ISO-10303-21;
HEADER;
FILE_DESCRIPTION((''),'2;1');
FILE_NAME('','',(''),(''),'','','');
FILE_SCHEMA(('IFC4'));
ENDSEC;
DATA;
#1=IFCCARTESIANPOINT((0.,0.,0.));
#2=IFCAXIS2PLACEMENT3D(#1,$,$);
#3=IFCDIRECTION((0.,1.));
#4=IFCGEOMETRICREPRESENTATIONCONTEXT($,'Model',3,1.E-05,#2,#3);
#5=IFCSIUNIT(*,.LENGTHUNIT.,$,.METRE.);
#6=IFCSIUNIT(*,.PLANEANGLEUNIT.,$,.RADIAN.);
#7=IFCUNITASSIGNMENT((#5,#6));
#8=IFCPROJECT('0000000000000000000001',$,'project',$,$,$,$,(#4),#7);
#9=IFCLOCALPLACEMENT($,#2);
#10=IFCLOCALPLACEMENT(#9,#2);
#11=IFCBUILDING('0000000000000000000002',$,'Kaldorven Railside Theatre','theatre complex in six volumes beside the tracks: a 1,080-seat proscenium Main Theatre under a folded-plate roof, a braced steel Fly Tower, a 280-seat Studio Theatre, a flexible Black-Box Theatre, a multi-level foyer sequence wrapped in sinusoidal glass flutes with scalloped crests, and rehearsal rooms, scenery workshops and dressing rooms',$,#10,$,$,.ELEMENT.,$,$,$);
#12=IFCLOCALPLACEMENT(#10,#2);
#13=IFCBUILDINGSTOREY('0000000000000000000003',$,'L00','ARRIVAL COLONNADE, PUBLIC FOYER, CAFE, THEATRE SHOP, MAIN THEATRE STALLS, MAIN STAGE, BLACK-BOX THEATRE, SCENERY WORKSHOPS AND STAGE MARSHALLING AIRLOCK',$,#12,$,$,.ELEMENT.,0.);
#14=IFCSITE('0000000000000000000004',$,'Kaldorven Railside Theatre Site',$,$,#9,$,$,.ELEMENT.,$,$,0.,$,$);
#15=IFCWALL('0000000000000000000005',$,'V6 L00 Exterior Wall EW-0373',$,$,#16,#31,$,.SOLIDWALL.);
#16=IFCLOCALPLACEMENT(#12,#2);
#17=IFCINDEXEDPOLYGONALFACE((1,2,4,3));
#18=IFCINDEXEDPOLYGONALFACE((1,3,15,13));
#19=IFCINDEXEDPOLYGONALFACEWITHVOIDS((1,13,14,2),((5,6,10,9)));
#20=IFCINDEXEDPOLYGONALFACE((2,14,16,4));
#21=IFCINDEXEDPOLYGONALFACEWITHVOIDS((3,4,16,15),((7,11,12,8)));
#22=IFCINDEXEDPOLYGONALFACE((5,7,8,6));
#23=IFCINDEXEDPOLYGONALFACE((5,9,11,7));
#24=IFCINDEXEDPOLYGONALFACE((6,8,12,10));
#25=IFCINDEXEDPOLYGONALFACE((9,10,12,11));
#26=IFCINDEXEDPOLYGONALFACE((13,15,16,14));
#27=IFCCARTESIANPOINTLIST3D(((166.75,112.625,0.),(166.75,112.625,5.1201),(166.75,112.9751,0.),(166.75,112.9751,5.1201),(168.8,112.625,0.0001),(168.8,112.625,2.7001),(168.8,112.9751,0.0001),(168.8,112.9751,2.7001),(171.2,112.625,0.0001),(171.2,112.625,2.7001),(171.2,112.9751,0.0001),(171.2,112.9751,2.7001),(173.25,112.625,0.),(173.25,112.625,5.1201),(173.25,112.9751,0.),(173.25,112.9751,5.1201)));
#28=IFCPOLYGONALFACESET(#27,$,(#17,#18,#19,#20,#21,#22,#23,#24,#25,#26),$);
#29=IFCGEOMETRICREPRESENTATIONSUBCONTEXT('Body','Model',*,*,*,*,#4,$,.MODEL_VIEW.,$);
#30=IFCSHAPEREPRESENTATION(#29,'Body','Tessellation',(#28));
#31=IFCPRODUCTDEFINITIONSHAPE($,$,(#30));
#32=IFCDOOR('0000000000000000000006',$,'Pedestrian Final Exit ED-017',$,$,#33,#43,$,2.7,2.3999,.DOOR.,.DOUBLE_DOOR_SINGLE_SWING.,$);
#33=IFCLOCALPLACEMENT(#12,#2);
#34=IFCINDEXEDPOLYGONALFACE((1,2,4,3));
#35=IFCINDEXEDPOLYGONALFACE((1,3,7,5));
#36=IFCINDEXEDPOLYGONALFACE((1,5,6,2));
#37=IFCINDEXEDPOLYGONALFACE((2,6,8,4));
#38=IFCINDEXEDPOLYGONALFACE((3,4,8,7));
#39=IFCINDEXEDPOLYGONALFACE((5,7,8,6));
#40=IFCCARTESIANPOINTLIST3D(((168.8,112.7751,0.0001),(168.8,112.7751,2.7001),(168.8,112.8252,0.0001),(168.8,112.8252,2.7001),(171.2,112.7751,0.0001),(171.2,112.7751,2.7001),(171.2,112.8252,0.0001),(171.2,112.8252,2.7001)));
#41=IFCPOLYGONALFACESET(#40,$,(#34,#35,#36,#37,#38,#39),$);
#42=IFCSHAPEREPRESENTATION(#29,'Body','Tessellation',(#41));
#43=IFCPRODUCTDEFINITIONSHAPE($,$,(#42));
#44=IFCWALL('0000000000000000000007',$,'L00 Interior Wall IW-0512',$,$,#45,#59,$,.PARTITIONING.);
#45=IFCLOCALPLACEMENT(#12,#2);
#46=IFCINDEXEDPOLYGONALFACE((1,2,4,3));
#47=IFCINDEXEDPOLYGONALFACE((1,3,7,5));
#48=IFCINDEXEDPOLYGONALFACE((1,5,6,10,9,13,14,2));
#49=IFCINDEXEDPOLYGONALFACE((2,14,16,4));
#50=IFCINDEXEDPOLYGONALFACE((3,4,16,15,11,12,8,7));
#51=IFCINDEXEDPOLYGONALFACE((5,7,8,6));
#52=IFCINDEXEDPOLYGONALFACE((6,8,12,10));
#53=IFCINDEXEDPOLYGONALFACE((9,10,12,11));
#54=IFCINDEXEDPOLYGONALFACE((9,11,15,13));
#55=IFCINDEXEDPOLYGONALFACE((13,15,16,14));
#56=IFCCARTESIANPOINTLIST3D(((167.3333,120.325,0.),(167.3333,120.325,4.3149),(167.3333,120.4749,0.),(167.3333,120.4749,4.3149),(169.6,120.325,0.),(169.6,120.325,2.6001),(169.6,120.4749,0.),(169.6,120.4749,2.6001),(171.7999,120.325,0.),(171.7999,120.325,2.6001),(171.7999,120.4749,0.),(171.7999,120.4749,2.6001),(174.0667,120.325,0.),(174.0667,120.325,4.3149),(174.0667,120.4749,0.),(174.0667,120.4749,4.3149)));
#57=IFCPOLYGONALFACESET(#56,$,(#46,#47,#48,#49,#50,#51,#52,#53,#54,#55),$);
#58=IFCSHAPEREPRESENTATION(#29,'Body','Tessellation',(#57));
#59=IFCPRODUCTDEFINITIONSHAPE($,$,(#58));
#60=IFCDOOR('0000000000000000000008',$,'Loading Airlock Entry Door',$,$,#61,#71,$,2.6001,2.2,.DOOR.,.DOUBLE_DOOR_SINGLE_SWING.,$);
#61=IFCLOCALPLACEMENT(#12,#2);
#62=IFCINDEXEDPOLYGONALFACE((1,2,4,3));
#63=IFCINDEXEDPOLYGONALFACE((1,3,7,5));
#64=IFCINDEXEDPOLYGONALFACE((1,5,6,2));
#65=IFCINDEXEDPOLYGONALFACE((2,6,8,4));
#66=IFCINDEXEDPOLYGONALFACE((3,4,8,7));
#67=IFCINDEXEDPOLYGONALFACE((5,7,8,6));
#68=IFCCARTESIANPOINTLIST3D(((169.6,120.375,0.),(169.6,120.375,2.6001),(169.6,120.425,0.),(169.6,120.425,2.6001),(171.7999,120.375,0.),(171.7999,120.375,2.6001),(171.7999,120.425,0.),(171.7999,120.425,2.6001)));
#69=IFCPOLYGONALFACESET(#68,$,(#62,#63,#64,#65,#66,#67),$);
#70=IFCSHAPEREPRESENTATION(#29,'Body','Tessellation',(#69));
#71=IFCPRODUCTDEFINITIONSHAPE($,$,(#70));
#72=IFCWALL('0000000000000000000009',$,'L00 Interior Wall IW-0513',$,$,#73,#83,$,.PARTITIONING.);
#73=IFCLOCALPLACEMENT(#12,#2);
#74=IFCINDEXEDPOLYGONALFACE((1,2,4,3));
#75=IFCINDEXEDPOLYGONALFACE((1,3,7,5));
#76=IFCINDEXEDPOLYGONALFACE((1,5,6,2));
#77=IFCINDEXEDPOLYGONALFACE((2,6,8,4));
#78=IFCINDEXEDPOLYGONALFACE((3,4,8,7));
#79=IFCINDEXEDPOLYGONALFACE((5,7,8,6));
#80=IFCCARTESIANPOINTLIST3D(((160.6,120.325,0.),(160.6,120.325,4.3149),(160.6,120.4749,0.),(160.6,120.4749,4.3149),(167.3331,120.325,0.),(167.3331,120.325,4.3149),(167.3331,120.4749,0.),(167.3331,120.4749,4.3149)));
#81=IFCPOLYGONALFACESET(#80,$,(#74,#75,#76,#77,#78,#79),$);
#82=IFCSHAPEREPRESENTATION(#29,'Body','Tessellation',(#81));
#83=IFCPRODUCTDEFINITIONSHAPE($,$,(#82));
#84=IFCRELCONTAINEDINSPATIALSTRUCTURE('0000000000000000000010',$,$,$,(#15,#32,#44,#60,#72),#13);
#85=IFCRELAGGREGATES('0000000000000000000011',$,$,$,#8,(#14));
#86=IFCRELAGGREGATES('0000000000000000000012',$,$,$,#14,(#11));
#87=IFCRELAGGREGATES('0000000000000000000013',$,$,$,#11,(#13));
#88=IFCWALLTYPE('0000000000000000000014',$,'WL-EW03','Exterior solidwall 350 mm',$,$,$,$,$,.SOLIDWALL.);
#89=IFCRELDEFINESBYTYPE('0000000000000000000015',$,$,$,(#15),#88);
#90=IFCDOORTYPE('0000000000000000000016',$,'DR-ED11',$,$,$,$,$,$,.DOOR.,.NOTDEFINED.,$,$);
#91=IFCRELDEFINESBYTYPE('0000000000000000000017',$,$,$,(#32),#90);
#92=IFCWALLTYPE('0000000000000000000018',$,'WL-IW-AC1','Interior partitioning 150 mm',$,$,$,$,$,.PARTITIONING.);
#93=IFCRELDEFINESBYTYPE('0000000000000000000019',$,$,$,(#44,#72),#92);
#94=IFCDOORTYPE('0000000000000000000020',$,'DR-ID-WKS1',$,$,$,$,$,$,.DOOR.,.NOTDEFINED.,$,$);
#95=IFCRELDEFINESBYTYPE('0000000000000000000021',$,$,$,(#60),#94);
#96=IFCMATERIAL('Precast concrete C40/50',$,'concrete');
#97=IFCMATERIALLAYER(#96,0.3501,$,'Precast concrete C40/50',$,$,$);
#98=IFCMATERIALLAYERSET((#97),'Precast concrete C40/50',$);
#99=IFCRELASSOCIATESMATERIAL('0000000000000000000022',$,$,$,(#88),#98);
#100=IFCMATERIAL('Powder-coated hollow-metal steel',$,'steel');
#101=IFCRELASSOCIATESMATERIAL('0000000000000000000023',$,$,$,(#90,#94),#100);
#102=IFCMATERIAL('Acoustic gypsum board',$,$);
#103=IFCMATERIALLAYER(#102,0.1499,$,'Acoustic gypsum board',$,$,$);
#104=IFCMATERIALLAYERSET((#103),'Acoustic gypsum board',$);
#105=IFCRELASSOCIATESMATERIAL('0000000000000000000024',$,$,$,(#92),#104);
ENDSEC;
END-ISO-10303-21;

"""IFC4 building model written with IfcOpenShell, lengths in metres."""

from ifc_helpers import new_model, si_unit, direction, frame, frame_2d, origin, place, context, subcontext, project, spatial, rectangle, extrude, material, layer, layer_set, type_object, element, fill, save


model = new_model("IFC4")

# Units and contexts
model_context = context("Model", 3, precision=1e-05, world=origin(), true_north=direction((0.0, 1.0)))
body_context = subcontext(model_context, "Body", "Model", "MODEL_VIEW")
ifc_project = project(units=[si_unit("LENGTHUNIT", "METRE"), si_unit("PLANEANGLEUNIT", "RADIAN")], contexts=[model_context])

# Site, building, storey
site_placement = place(None, origin())
site = spatial("IfcSite", under=ifc_project, at=site_placement, Name="Kaldorven Railside Theatre Site", CompositionType="ELEMENT", RefElevation=0.0)
building_placement = place(site_placement, origin())
building = spatial("IfcBuilding", under=site, at=building_placement, Name="Kaldorven Railside Theatre", Description="theatre complex in six volumes beside the tracks: a 1,080-seat proscenium Main Theatre under a folded-plate roof, a braced steel Fly Tower, a 280-seat Studio Theatre, a flexible Black-Box Theatre, a multi-level foyer sequence wrapped in sinusoidal glass flutes with scalloped crests, and rehearsal rooms, scenery workshops and dressing rooms", CompositionType="ELEMENT")
storey_placement = place(building_placement, origin())
storey = spatial("IfcBuildingStorey", under=building, at=storey_placement, Name="L00", Description="ARRIVAL COLONNADE, PUBLIC FOYER, CAFE, THEATRE SHOP, MAIN THEATRE STALLS, MAIN STAGE, BLACK-BOX THEATRE, SCENERY WORKSHOPS AND STAGE MARSHALLING AIRLOCK", CompositionType="ELEMENT", Elevation=0.0)

# Walls, openings, doors
ifc_material_1 = material(Name="Precast concrete C40/50", Category="concrete")
ifc_layer_1 = layer(ifc_material_1, 0.3501, Name="Precast concrete C40/50")
ifc_layer_set_1 = layer_set([ifc_layer_1], Name="Precast concrete C40/50")
wall_type_1 = type_object("IfcWallType", Name="WL-EW03", Description="Exterior solidwall 350 mm", PredefinedType="SOLIDWALL", material=ifc_layer_set_1)
wall_1_placement = place(storey_placement, frame((173.25, 112.8, 0.0), z_axis=(0.0, 0.0, 1.0), x_axis=(-1.0, 0.0, 0.0)))
wall_1 = element("IfcWall", 1, at=wall_1_placement, inside=storey, type_object=wall_type_1, Name="V6 L00 Exterior Wall EW-0373", PredefinedType="SOLIDWALL", context=body_context, shape_type="SweptSolid", body=[
    extrude(rectangle(XDim=6.5, YDim=0.3501, at=frame_2d((3.25, 0.0))), origin(), (0.0, 0.0, 1.0), 5.1201),
])
opening_1_placement = place(wall_1_placement, frame((2.05, 0.0, 0.0)))
opening_1 = element("IfcOpeningElement", 2, at=opening_1_placement, cuts=wall_1, PredefinedType="OPENING", context=body_context, shape_type="SweptSolid", body=[
    extrude(rectangle(XDim=2.3999, YDim=2.7, at=frame_2d((1.2, 1.3501))), frame((0.0, 0.1851, 0.0), z_axis=(0.0, -1.0, 0.0), x_axis=(1.0, 0.0, 0.0)), (0.0, 0.0, 1.0), 0.3701),
])
ifc_material_2 = material(Name="Powder-coated hollow-metal steel", Category="steel")
door_type_1 = type_object("IfcDoorType", Name="DR-ED11", OperationType="NOTDEFINED", PredefinedType="DOOR", material=ifc_material_2)
door_1_placement = place(opening_1_placement, origin())
door_1 = element("IfcDoor", 3, at=door_1_placement, inside=storey, type_object=door_type_1, Name="Pedestrian Final Exit ED-017", OperationType="DOUBLE_DOOR_SINGLE_SWING", OverallHeight=2.7, OverallWidth=2.3999, PredefinedType="DOOR", context=body_context, shape_type="SweptSolid", body=[
    extrude(rectangle(XDim=2.3999, YDim=2.7, at=frame_2d((1.2, 1.3501))), frame((0.0, 0.0249, 0.0), z_axis=(0.0, -1.0, 0.0), x_axis=(1.0, 0.0, 0.0)), (0.0, 0.0, 1.0), 0.05),
])
fill(opening_1, door_1)
ifc_material_3 = material(Name="Acoustic gypsum board")
ifc_layer_2 = layer(ifc_material_3, 0.1499, Name="Acoustic gypsum board")
ifc_layer_set_2 = layer_set([ifc_layer_2], Name="Acoustic gypsum board")
wall_type_2 = type_object("IfcWallType", Name="WL-IW-AC1", Description="Interior partitioning 150 mm", PredefinedType="PARTITIONING", material=ifc_layer_set_2)
wall_2_placement = place(storey_placement, frame((174.0667, 120.3999, 0.0), z_axis=(0.0, 0.0, 1.0), x_axis=(-1.0, 0.0, 0.0)))
wall_2 = element("IfcWall", 4, at=wall_2_placement, inside=storey, type_object=wall_type_2, Name="L00 Interior Wall IW-0512", PredefinedType="PARTITIONING", context=body_context, shape_type="SweptSolid", body=[
    extrude(rectangle(XDim=6.7334, YDim=0.1499, at=frame_2d((3.3667, 0.0))), origin(), (0.0, 0.0, 1.0), 4.3149),
])
opening_2_placement = place(wall_2_placement, frame((2.2666, 0.0, 0.0)))
opening_2 = element("IfcOpeningElement", 5, at=opening_2_placement, cuts=wall_2, PredefinedType="OPENING", context=body_context, shape_type="SweptSolid", body=[
    extrude(rectangle(XDim=2.2, YDim=2.6001, at=frame_2d((1.1001, 1.3))), frame((0.0, 0.085, 0.0), z_axis=(0.0, -1.0, 0.0), x_axis=(1.0, 0.0, 0.0)), (0.0, 0.0, 1.0), 0.1699),
])
door_type_2 = type_object("IfcDoorType", Name="DR-ID-WKS1", OperationType="NOTDEFINED", PredefinedType="DOOR", material=ifc_material_2)
door_2_placement = place(opening_2_placement, origin())
door_2 = element("IfcDoor", 6, at=door_2_placement, inside=storey, type_object=door_type_2, Name="Loading Airlock Entry Door", OperationType="DOUBLE_DOOR_SINGLE_SWING", OverallHeight=2.6001, OverallWidth=2.2, PredefinedType="DOOR", context=body_context, shape_type="SweptSolid", body=[
    extrude(rectangle(XDim=2.2, YDim=2.6001, at=frame_2d((1.1001, 1.3))), frame((0.0, 0.0249, 0.0), z_axis=(0.0, -1.0, 0.0), x_axis=(1.0, 0.0, 0.0)), (0.0, 0.0, 1.0), 0.05),
])
fill(opening_2, door_2)

# Wall
wall_3_placement = place(storey_placement, frame((167.3333, 120.3999, 0.0), z_axis=(0.0, 0.0, 1.0), x_axis=(-1.0, 0.0, 0.0)))
element("IfcWall", 7, at=wall_3_placement, inside=storey, type_object=wall_type_2, Name="L00 Interior Wall IW-0513", PredefinedType="PARTITIONING", context=body_context, shape_type="SweptSolid", body=[
    extrude(rectangle(XDim=6.7332, YDim=0.1499, at=frame_2d((3.3667, 0.0))), origin(), (0.0, 0.0, 1.0), 4.3149),
])

save(model, "model.ifc")
